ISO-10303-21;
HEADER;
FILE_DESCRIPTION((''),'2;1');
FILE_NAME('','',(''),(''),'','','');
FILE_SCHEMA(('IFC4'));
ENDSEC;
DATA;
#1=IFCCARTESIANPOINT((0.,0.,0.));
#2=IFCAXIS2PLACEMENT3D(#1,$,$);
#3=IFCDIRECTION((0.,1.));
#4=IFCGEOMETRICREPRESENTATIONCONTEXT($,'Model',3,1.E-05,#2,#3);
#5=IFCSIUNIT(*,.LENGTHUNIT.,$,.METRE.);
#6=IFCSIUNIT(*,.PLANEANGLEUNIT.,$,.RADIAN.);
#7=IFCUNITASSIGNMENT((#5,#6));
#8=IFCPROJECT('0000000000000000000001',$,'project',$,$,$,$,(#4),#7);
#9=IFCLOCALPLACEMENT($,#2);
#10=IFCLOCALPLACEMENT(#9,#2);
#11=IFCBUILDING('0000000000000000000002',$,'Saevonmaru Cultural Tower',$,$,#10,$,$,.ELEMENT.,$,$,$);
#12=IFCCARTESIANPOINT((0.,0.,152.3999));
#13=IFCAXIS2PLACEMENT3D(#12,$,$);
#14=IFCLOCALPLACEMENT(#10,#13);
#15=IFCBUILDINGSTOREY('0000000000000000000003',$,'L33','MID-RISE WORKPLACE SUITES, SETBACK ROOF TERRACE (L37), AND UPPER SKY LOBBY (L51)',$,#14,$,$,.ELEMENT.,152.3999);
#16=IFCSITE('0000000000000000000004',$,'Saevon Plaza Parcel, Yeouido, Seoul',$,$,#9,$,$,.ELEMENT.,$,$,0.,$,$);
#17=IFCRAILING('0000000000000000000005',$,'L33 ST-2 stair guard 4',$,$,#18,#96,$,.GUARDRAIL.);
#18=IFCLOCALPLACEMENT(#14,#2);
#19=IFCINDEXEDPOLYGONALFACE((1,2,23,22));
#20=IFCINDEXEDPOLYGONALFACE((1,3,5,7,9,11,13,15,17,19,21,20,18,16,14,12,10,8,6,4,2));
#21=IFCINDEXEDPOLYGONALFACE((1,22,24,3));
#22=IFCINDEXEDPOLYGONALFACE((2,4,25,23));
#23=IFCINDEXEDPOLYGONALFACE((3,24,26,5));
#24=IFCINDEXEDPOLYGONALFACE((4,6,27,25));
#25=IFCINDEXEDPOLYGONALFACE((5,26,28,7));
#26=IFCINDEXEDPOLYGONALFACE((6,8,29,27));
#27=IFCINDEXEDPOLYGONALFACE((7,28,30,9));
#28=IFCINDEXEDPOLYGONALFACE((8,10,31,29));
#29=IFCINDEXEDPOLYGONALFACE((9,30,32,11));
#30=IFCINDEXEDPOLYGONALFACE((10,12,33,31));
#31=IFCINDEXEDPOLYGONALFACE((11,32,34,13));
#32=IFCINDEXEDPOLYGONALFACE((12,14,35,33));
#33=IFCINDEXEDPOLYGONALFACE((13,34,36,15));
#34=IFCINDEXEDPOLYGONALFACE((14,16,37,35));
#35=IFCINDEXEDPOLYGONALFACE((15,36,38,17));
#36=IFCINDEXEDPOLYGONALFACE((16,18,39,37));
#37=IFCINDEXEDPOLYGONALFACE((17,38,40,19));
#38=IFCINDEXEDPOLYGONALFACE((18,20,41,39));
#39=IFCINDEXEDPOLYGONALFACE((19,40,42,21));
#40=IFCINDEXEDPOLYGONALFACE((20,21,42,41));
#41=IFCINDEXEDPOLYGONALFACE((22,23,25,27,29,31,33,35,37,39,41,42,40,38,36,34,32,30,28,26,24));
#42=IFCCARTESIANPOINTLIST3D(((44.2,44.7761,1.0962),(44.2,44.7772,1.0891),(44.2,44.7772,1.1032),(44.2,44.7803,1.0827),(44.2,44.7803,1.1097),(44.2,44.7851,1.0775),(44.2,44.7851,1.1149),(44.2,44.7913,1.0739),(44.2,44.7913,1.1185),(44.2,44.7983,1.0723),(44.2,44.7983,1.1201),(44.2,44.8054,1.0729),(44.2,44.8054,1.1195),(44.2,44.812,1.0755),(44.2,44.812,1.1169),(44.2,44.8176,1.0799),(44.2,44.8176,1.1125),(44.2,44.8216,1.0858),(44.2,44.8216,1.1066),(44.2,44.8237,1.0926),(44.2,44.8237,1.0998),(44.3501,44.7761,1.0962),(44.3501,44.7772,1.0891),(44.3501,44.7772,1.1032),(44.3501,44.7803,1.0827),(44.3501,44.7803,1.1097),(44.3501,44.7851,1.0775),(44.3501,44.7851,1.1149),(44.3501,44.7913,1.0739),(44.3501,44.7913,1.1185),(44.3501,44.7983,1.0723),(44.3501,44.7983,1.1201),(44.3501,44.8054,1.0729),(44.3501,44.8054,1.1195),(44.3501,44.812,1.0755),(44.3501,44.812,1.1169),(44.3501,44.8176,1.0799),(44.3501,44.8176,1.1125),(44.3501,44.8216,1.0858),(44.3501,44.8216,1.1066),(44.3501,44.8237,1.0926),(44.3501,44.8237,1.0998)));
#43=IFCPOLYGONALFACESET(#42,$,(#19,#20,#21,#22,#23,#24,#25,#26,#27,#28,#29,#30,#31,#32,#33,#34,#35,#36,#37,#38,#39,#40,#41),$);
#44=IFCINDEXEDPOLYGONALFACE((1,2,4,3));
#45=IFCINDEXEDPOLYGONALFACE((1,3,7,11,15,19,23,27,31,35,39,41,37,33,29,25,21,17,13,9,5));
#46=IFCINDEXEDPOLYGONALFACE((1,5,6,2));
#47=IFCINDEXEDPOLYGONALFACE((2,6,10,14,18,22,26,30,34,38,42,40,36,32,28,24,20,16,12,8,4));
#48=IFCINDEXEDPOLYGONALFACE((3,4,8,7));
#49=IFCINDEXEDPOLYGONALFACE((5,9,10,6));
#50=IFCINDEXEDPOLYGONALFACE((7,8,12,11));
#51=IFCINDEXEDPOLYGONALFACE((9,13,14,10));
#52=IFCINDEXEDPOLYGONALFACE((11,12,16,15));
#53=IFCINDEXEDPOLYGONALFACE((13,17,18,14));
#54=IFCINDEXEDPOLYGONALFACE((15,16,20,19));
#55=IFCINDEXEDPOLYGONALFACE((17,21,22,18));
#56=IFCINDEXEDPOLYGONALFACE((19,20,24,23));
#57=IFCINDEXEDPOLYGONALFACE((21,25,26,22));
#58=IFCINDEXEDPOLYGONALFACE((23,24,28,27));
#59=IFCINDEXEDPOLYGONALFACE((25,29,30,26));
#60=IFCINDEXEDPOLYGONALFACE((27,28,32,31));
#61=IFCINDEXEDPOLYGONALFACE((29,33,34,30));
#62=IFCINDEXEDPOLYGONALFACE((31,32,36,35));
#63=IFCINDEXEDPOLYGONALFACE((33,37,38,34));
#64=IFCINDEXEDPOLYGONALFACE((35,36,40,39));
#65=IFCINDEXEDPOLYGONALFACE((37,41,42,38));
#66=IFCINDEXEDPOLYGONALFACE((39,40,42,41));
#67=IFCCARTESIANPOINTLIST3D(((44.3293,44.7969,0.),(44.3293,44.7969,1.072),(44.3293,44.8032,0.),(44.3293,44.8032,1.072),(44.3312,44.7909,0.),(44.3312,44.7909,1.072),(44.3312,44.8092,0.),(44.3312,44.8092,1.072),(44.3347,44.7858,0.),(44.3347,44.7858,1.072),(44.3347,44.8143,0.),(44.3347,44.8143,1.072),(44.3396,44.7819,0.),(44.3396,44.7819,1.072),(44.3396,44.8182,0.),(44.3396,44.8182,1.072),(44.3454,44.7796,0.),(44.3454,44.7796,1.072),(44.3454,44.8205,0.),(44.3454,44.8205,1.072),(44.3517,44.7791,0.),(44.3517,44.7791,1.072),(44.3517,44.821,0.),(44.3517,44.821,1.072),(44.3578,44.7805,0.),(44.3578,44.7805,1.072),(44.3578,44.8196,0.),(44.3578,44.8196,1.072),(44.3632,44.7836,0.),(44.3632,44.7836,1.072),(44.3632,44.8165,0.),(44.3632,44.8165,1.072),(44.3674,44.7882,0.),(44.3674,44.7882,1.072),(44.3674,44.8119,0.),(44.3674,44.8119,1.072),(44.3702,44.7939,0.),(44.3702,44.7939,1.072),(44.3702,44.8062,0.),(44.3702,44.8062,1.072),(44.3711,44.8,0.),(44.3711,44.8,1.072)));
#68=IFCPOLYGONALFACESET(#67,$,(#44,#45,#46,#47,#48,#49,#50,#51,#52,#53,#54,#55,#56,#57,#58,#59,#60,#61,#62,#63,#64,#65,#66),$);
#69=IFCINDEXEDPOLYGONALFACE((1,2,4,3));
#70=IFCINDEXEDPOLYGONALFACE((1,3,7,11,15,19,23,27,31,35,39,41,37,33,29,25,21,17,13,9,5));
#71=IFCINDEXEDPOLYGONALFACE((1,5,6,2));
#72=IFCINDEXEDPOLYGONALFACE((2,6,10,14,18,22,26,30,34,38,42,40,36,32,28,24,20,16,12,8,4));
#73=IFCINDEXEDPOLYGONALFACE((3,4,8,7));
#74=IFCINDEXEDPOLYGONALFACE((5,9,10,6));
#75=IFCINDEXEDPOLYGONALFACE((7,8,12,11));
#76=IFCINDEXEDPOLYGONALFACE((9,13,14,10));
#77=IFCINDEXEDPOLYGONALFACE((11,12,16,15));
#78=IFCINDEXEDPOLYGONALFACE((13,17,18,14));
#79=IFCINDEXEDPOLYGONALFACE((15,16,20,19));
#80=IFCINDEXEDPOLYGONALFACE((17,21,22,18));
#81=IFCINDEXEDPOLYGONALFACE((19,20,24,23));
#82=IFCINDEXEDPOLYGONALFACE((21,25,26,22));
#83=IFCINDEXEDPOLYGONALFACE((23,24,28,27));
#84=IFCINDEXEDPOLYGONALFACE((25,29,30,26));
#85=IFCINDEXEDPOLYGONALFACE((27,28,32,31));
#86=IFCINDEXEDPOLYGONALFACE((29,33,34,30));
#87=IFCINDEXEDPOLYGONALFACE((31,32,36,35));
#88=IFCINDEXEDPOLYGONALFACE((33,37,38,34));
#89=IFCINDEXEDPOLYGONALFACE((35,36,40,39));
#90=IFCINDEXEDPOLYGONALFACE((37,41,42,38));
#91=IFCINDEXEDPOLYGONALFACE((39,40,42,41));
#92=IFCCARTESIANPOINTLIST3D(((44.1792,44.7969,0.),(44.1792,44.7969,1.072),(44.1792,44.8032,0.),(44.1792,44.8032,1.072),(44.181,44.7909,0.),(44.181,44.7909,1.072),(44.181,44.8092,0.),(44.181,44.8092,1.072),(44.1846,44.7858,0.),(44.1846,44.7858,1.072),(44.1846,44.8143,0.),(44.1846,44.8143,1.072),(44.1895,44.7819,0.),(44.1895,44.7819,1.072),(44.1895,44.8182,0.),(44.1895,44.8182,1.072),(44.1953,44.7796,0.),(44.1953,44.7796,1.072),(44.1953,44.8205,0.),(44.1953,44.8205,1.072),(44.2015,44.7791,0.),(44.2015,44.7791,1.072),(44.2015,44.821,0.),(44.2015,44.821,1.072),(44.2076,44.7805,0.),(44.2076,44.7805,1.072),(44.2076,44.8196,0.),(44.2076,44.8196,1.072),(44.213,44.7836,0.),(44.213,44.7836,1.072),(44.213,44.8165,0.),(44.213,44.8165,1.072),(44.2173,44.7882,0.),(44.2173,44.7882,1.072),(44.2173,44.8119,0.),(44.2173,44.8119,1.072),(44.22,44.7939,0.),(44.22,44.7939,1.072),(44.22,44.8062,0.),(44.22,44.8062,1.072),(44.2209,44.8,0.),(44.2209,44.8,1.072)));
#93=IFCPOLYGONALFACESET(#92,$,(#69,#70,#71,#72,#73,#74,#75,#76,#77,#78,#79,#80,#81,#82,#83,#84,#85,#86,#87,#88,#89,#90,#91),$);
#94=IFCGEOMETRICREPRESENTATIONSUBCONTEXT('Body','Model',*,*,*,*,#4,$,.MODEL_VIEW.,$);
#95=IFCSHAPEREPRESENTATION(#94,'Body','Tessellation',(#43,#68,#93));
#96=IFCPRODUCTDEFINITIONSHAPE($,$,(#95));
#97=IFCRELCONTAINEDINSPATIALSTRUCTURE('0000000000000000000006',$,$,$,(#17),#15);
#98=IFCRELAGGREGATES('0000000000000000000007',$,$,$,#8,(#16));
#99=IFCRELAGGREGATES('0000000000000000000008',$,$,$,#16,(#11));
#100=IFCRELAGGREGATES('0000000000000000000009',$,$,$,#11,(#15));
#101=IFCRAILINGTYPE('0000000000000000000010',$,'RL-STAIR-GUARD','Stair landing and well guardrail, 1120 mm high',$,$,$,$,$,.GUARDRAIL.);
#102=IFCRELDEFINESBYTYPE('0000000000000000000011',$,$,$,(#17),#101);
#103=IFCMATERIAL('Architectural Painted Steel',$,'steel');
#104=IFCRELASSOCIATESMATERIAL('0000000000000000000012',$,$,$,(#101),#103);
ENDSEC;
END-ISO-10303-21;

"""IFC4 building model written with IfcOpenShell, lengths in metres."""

from ifc_helpers import new_model, si_unit, direction, frame, origin, origin_2d, place, context, subcontext, project, spatial, circle, extrude, material, type_object, element, save


model = new_model("IFC4")

# Units and contexts
model_context = context("Model", 3, precision=1e-05, world=origin(), true_north=direction((0.0, 1.0)))
body_context = subcontext(model_context, "Body", "Model", "MODEL_VIEW")
ifc_project = project(units=[si_unit("LENGTHUNIT", "METRE"), si_unit("PLANEANGLEUNIT", "RADIAN")], contexts=[model_context])

# Site, building, storey
site_placement = place(None, origin())
site = spatial("IfcSite", under=ifc_project, at=site_placement, Name="Saevon Plaza Parcel, Yeouido, Seoul", CompositionType="ELEMENT", RefElevation=0.0)
building_placement = place(site_placement, origin())
building = spatial("IfcBuilding", under=site, at=building_placement, Name="Saevonmaru Cultural Tower", CompositionType="ELEMENT")
storey_placement = place(building_placement, frame((0.0, 0.0, 152.3999)))
storey = spatial("IfcBuildingStorey", under=building, at=storey_placement, Name="L33", Description="MID-RISE WORKPLACE SUITES, SETBACK ROOF TERRACE (L37), AND UPPER SKY LOBBY (L51)", CompositionType="ELEMENT", Elevation=152.3999)

# Railing
ifc_material_1 = material(Name="Architectural Painted Steel", Category="steel")
railing_type_1 = type_object("IfcRailingType", Name="RL-STAIR-GUARD", Description="Stair landing and well guardrail, 1120 mm high", PredefinedType="GUARDRAIL", material=ifc_material_1)
railing_1_placement = place(storey_placement, frame((44.3501, 44.8, 0.0)))
element("IfcRailing", 1, at=railing_1_placement, inside=storey, type_object=railing_type_1, Name="L33 ST-2 stair guard 4", PredefinedType="GUARDRAIL", context=body_context, shape_type="SweptSolid", body=[
    extrude(circle(Radius=0.0239, at=origin_2d()), frame((0.0, 0.0, 1.0962), z_axis=(-1.0, 0.0, 0.0), x_axis=(0.0, -1.0, 0.0)), (0.0, 0.0, 1.0), 0.1501),
    extrude(circle(Radius=0.021, at=origin_2d()), origin(), (0.0, 0.0, 1.0), 1.072),
    extrude(circle(Radius=0.021, at=origin_2d()), frame((-0.1501, 0.0, 0.0)), (0.0, 0.0, 1.0), 1.072),
])

save(model, "model.ifc")
